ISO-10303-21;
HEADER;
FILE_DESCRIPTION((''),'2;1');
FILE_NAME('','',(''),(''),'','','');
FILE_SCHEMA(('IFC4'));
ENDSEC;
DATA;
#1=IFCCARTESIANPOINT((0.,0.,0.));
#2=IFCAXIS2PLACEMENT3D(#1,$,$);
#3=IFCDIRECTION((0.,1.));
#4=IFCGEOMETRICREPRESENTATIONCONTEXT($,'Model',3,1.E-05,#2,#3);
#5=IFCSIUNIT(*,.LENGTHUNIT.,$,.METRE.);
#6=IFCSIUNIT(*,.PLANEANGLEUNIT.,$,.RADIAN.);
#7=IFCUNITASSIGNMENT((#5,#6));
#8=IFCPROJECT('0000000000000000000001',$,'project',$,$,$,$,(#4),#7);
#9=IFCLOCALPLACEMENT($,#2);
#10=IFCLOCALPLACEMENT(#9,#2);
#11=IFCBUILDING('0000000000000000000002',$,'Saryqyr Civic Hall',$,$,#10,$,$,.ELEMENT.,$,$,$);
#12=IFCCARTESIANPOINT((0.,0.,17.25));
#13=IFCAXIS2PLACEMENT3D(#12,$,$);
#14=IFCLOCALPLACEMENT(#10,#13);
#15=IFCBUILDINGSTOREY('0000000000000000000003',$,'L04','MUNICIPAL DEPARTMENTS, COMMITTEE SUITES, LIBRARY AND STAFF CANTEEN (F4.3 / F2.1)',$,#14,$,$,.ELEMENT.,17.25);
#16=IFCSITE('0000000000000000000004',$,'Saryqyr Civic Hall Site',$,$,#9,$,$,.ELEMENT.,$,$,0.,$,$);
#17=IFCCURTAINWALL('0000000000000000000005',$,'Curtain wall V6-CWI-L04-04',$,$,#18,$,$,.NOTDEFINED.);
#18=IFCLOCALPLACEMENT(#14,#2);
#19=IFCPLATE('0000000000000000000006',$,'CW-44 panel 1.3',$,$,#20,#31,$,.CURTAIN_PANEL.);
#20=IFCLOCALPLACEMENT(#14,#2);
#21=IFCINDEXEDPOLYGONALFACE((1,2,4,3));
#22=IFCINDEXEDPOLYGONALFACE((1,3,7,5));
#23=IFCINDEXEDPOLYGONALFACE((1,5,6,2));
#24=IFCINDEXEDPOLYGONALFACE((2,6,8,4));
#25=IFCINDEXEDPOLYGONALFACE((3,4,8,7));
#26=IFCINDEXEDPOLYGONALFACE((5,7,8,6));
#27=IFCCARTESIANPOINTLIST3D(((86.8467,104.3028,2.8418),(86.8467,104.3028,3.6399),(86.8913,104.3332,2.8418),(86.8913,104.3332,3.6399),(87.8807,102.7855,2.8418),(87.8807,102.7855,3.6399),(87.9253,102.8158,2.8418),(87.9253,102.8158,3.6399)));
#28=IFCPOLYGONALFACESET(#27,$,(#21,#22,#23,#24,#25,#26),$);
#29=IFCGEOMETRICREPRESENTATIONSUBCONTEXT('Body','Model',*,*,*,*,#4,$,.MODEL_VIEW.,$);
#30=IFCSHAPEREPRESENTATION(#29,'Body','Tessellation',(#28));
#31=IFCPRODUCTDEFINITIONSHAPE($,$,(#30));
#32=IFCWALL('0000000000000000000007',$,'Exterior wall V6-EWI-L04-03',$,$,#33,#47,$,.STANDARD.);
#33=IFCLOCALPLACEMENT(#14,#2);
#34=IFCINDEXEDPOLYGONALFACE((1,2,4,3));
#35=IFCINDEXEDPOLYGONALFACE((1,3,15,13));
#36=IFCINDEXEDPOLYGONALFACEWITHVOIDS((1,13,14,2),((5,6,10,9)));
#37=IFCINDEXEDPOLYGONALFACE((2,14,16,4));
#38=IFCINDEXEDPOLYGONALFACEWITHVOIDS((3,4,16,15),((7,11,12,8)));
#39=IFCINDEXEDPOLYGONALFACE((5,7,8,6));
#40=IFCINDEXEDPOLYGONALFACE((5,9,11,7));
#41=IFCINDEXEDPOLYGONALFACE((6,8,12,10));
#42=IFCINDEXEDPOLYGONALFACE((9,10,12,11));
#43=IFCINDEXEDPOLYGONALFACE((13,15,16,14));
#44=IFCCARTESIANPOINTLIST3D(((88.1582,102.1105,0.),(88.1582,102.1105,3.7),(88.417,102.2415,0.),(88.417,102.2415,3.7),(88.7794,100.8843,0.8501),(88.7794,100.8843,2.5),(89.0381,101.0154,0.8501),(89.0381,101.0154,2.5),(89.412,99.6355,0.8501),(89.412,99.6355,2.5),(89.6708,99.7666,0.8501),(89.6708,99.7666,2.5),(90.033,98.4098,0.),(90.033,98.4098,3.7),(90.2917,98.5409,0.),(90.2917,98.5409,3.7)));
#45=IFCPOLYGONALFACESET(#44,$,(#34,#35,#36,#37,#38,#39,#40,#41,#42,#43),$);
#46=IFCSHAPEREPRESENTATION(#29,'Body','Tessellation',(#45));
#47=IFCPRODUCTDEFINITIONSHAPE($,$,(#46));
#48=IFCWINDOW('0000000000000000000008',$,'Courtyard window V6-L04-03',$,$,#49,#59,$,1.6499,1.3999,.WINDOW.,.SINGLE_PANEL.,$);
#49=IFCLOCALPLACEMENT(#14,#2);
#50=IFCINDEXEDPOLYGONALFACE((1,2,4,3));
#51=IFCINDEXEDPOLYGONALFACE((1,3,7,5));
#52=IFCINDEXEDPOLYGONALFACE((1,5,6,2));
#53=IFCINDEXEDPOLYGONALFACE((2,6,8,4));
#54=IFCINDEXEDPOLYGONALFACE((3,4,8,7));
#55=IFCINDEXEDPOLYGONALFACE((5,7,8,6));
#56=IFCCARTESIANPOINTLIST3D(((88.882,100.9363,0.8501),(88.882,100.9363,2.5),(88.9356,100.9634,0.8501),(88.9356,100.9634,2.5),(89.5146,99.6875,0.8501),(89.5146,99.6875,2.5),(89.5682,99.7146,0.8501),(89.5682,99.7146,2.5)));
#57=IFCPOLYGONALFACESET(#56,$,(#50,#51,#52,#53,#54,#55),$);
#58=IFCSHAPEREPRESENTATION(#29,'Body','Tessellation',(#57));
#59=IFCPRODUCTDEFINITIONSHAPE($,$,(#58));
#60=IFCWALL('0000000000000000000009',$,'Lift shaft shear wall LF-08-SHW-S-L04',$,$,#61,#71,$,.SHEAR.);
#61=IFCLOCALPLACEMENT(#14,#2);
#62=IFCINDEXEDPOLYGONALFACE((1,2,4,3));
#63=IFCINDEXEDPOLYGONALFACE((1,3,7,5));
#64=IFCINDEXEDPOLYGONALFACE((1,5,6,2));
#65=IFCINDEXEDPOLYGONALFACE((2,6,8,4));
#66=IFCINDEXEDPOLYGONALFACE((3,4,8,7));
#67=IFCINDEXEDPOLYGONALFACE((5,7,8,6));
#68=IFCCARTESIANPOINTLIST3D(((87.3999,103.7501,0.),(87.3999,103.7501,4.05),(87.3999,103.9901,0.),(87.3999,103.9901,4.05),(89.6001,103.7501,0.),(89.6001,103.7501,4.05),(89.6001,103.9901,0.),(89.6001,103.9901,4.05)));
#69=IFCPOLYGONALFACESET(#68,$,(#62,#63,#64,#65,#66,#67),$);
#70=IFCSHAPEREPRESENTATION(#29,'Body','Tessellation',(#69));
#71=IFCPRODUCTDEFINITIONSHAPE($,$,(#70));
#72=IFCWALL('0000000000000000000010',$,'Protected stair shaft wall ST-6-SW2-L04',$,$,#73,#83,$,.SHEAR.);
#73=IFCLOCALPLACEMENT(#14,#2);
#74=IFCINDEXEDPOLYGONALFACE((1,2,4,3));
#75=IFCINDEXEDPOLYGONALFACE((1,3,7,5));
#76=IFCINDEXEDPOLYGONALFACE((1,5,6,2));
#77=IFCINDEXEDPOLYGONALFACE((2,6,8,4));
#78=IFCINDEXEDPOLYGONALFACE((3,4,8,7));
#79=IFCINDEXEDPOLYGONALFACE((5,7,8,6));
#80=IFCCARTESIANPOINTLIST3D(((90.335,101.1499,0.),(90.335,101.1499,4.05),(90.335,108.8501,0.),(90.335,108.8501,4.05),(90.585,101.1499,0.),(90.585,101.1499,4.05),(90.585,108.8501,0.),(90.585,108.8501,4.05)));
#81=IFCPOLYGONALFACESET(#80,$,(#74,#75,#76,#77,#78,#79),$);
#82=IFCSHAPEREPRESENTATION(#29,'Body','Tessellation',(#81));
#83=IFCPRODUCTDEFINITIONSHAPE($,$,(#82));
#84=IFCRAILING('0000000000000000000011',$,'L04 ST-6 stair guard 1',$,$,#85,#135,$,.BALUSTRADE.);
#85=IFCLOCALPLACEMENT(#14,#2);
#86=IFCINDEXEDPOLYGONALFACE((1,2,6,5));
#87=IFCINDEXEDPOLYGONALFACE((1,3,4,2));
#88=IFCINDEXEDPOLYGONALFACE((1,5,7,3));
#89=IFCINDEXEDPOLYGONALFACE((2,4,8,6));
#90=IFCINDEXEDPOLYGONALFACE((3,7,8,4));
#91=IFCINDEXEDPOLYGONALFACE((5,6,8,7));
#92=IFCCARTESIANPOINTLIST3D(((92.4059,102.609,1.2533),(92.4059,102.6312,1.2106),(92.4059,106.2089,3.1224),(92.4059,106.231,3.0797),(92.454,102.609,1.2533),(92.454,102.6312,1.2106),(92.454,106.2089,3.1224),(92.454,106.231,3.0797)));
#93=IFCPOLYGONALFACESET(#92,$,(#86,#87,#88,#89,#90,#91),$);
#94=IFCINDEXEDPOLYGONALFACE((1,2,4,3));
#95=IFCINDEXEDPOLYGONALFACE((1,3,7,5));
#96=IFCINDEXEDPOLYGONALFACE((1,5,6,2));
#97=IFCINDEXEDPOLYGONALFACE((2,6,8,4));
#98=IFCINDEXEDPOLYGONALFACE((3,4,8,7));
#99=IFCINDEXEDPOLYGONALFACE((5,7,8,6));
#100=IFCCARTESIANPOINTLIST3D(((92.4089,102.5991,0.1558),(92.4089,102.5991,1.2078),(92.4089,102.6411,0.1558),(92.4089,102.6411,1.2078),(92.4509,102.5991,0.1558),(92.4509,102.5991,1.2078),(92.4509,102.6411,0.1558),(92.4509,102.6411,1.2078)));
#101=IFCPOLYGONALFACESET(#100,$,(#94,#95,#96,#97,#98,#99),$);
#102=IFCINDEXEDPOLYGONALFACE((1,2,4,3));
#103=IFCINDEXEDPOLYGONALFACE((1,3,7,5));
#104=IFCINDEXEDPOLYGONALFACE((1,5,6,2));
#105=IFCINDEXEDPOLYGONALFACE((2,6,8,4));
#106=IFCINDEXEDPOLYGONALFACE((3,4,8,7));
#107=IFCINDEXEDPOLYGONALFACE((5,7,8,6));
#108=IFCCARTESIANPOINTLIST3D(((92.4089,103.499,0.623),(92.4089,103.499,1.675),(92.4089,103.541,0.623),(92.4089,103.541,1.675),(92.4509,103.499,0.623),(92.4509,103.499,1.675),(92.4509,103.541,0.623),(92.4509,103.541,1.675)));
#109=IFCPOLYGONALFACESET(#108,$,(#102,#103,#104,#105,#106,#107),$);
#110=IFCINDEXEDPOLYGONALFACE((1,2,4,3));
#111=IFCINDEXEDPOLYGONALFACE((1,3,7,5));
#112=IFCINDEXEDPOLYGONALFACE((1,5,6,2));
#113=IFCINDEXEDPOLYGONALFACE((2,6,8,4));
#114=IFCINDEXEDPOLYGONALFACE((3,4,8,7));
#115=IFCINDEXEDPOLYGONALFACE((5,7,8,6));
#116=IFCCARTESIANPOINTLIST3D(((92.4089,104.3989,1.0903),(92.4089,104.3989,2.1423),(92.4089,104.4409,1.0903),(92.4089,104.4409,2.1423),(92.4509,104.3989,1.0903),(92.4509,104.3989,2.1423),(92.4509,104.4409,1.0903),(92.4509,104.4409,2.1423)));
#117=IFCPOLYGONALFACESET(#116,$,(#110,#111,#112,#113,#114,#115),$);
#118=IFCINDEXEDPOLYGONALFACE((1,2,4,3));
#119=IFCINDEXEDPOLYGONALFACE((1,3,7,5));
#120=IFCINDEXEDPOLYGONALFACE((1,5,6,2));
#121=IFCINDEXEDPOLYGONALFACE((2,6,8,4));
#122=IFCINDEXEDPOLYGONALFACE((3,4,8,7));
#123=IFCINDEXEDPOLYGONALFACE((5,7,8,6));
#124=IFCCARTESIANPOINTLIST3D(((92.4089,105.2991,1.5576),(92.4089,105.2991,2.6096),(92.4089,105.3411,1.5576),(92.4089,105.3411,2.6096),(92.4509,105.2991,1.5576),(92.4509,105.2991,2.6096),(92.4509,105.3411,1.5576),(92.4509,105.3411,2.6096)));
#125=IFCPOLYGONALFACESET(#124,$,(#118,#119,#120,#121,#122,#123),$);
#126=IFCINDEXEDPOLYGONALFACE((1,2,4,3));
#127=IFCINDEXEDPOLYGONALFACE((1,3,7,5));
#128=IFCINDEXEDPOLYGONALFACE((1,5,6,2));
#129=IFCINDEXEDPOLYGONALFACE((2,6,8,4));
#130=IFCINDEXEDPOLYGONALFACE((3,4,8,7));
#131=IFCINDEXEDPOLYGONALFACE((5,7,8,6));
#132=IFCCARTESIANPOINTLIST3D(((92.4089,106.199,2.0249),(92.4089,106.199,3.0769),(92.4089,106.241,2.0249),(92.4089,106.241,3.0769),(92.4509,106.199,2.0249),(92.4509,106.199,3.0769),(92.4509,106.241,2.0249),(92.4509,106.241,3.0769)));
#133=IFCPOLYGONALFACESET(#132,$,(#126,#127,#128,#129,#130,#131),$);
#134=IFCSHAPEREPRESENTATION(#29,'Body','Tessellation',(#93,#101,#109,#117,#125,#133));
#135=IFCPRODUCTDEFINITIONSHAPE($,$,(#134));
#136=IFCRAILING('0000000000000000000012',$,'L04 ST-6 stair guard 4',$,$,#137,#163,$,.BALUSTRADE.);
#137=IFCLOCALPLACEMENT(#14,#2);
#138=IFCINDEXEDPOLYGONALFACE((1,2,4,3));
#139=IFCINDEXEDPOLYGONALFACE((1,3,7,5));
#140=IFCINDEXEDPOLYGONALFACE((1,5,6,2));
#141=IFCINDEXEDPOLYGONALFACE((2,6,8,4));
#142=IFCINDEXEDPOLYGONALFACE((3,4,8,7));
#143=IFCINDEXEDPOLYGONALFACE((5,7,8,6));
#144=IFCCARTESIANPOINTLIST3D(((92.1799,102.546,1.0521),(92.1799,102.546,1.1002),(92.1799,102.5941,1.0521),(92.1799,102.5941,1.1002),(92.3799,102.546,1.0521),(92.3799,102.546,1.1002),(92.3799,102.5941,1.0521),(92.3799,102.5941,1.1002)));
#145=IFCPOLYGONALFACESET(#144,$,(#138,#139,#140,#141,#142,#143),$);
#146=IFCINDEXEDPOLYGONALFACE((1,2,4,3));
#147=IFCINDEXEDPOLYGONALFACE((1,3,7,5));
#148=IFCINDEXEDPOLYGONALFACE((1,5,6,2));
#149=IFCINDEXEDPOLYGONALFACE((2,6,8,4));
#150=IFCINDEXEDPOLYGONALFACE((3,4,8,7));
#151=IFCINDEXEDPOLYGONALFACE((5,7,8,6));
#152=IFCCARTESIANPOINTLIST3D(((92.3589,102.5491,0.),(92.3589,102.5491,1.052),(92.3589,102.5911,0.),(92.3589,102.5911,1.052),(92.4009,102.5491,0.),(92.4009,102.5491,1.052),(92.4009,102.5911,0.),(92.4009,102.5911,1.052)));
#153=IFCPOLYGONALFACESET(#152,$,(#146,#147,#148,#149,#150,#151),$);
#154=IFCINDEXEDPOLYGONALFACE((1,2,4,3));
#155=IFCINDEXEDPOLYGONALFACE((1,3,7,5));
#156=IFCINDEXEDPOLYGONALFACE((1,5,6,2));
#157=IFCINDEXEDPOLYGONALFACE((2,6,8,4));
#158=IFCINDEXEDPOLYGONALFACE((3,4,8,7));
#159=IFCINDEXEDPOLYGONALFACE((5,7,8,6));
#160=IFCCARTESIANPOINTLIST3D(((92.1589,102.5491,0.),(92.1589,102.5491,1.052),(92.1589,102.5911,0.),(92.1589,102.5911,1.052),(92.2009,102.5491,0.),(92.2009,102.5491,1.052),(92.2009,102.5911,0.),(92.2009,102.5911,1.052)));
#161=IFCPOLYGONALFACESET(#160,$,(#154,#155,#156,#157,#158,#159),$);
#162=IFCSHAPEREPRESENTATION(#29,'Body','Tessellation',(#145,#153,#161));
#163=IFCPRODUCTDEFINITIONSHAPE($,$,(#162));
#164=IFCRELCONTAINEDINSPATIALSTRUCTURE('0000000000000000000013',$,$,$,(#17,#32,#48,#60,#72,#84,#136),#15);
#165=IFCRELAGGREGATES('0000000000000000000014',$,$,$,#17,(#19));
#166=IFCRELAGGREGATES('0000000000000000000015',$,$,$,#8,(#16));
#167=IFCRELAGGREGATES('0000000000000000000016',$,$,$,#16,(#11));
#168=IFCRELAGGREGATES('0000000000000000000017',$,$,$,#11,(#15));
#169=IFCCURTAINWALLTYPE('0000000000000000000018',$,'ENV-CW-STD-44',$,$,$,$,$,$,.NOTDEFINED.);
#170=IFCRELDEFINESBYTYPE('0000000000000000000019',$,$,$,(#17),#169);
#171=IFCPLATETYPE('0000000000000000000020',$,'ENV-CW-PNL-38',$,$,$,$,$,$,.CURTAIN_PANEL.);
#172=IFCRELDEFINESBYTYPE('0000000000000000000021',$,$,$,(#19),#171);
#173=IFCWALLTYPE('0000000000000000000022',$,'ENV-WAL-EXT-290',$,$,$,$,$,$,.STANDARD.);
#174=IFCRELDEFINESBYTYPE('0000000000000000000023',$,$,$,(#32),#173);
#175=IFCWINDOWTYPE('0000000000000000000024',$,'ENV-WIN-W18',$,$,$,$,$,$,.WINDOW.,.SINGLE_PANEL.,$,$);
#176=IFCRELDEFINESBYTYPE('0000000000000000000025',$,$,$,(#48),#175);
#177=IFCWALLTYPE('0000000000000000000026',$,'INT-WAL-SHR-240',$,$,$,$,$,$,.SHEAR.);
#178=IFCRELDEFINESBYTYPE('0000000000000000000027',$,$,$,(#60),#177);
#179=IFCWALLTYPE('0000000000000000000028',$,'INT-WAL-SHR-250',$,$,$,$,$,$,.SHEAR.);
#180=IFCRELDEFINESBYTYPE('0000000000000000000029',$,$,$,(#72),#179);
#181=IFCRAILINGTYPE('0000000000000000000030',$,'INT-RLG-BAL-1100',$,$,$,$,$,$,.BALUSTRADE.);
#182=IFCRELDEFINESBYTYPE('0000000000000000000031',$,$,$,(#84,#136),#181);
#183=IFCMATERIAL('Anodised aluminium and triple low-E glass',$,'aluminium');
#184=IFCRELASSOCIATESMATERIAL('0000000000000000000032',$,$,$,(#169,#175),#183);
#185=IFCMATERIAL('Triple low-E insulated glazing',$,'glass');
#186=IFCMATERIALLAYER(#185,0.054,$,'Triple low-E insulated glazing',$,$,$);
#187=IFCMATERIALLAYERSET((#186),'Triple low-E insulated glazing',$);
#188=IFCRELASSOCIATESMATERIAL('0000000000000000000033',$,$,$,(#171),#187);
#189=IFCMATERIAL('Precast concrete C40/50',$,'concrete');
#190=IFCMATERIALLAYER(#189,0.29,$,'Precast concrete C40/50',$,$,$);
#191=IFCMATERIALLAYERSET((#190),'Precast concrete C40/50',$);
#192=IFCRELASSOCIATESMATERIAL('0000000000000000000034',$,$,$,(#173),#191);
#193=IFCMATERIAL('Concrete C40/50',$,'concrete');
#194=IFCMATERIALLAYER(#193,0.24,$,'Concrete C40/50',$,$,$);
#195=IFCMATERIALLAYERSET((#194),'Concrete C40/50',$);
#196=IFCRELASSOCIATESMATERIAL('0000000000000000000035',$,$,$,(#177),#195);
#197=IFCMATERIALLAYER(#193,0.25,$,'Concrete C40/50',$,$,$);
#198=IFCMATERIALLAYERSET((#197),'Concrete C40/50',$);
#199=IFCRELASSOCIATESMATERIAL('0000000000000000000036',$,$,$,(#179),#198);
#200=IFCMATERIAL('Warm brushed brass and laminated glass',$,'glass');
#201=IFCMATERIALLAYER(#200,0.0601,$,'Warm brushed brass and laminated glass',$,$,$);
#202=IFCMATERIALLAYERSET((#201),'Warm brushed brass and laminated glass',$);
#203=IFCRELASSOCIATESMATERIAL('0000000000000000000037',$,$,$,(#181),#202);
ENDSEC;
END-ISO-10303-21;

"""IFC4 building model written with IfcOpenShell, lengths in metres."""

from ifc_helpers import new_model, si_unit, direction, frame, frame_2d, origin, origin_2d, place, context, subcontext, project, spatial, rectangle, extrude, material, layer, layer_set, type_object, element, fill, aggregate, save


model = new_model("IFC4")

# Units and contexts
model_context = context("Model", 3, precision=1e-05, world=origin(), true_north=direction((0.0, 1.0)))
body_context = subcontext(model_context, "Body", "Model", "MODEL_VIEW")
ifc_project = project(units=[si_unit("LENGTHUNIT", "METRE"), si_unit("PLANEANGLEUNIT", "RADIAN")], contexts=[model_context])

# Site, building, storey
site_placement = place(None, origin())
site = spatial("IfcSite", under=ifc_project, at=site_placement, Name="Saryqyr Civic Hall Site", CompositionType="ELEMENT", RefElevation=0.0)
building_placement = place(site_placement, origin())
building = spatial("IfcBuilding", under=site, at=building_placement, Name="Saryqyr Civic Hall", CompositionType="ELEMENT")
storey_placement = place(building_placement, frame((0.0, 0.0, 17.25)))
storey = spatial("IfcBuildingStorey", under=building, at=storey_placement, Name="L04", Description="MUNICIPAL DEPARTMENTS, COMMITTEE SUITES, LIBRARY AND STAFF CANTEEN (F4.3 / F2.1)", CompositionType="ELEMENT", Elevation=17.25)

# Shared definitions
ifc_material_1 = material(Name="Concrete C40/50", Category="concrete")

# Shared definitions
ifc_material_2 = material(Name="Anodised aluminium and triple low-E glass", Category="aluminium")

# Curtain wall, plate
curtain_wall_type_1 = type_object("IfcCurtainWallType", Name="ENV-CW-STD-44", PredefinedType="NOTDEFINED", material=ifc_material_2)
curtain_wall_1_placement = place(storey_placement, origin())
curtain_wall_1 = element("IfcCurtainWall", 1, at=curtain_wall_1_placement, inside=storey, type_object=curtain_wall_type_1, Name="Curtain wall V6-CWI-L04-04", PredefinedType="NOTDEFINED")
ifc_material_3 = material(Name="Triple low-E insulated glazing", Category="glass")
ifc_layer_1 = layer(ifc_material_3, 0.054, Name="Triple low-E insulated glazing")
ifc_layer_set_1 = layer_set([ifc_layer_1], Name="Triple low-E insulated glazing")
plate_type = type_object("IfcPlateType", Name="ENV-CW-PNL-38", PredefinedType="CURTAIN_PANEL", material=ifc_layer_set_1)
plate_1_placement = place(storey_placement, frame((87.386, 103.5593, 2.8418), z_axis=(0.0, 0.0, 1.0), x_axis=(-0.56313, 0.826368, 0.0)))
plate_1 = element("IfcPlate", 2, at=plate_1_placement, type_object=plate_type, Name="CW-44 panel 1.3", PredefinedType="CURTAIN_PANEL", context=body_context, shape_type="SweptSolid", body=[
    extrude(rectangle(XDim=1.8362, YDim=0.054, at=origin_2d()), origin(), (0.0, 0.0, 1.0), 0.7981),
])
aggregate(curtain_wall_1, [plate_1])

# Wall, opening, window
ifc_material_4 = material(Name="Precast concrete C40/50", Category="concrete")
ifc_layer_2 = layer(ifc_material_4, 0.29, Name="Precast concrete C40/50")
ifc_layer_set_2 = layer_set([ifc_layer_2], Name="Precast concrete C40/50")
wall_type_1 = type_object("IfcWallType", Name="ENV-WAL-EXT-290", PredefinedType="STANDARD", material=ifc_layer_set_2)
wall_1_placement = place(storey_placement, frame((90.1624, 98.4753, 0.0), z_axis=(0.0, 0.0, 1.0), x_axis=(-0.451915, 0.892061, 0.0)))
wall_1 = element("IfcWall", 3, at=wall_1_placement, inside=storey, type_object=wall_type_1, Name="Exterior wall V6-EWI-L04-03", PredefinedType="STANDARD", context=body_context, shape_type="SweptSolid", body=[
    extrude(rectangle(XDim=4.1484, YDim=0.29, at=frame_2d((2.0742, 0.0))), origin(), (0.0, 0.0, 1.0), 3.7),
])
opening_1_placement = place(wall_1_placement, frame((1.374, 0.0, 0.8501)))
opening_1 = element("IfcOpeningElement", 4, at=opening_1_placement, cuts=wall_1, PredefinedType="OPENING", context=body_context, shape_type="SweptSolid", body=[
    extrude(rectangle(XDim=1.3999, YDim=1.6499, at=frame_2d((0.7, 0.825))), frame((0.0, 0.155, 0.0), z_axis=(0.0, -1.0, 0.0), x_axis=(1.0, 0.0, 0.0)), (0.0, 0.0, 1.0), 0.3101),
])
window_type = type_object("IfcWindowType", Name="ENV-WIN-W18", PartitioningType="SINGLE_PANEL", PredefinedType="WINDOW", material=ifc_material_2)
window_placement = place(opening_1_placement, origin())
window = element("IfcWindow", 5, at=window_placement, inside=storey, type_object=window_type, Name="Courtyard window V6-L04-03", OverallHeight=1.6499, OverallWidth=1.3999, PartitioningType="SINGLE_PANEL", PredefinedType="WINDOW", context=body_context, shape_type="SweptSolid", body=[
    extrude(rectangle(XDim=1.3999, YDim=1.6499, at=frame_2d((0.7, 0.825))), frame((0.0, 0.03, 0.0), z_axis=(0.0, -1.0, 0.0), x_axis=(1.0, 0.0, 0.0)), (0.0, 0.0, 1.0), 0.0601),
])
fill(opening_1, window)

# Wall
ifc_layer_3 = layer(ifc_material_1, 0.24, Name="Concrete C40/50")
ifc_layer_set_3 = layer_set([ifc_layer_3], Name="Concrete C40/50")
wall_type_2 = type_object("IfcWallType", Name="INT-WAL-SHR-240", PredefinedType="SHEAR", material=ifc_layer_set_3)
wall_2_placement = place(storey_placement, frame((89.6001, 103.8701, 0.0), z_axis=(0.0, 0.0, 1.0), x_axis=(-1.0, 0.0, 0.0)))
element("IfcWall", 6, at=wall_2_placement, inside=storey, type_object=wall_type_2, Name="Lift shaft shear wall LF-08-SHW-S-L04", PredefinedType="SHEAR", context=body_context, shape_type="SweptSolid", body=[
    extrude(rectangle(XDim=2.2002, YDim=0.24, at=frame_2d((1.1001, 0.0))), origin(), (0.0, 0.0, 1.0), 4.05),
])

# Wall
ifc_layer_4 = layer(ifc_material_1, 0.25, Name="Concrete C40/50")
ifc_layer_set_4 = layer_set([ifc_layer_4], Name="Concrete C40/50")
wall_type_3 = type_object("IfcWallType", Name="INT-WAL-SHR-250", PredefinedType="SHEAR", material=ifc_layer_set_4)
wall_3_placement = place(storey_placement, frame((90.46, 101.1499, 0.0), z_axis=(0.0, 0.0, 1.0), x_axis=(0.0, 1.0, 0.0)))
element("IfcWall", 7, at=wall_3_placement, inside=storey, type_object=wall_type_3, Name="Protected stair shaft wall ST-6-SW2-L04", PredefinedType="SHEAR", context=body_context, shape_type="SweptSolid", body=[
    extrude(rectangle(XDim=7.7002, YDim=0.25, at=frame_2d((3.8501, 0.0))), origin(), (0.0, 0.0, 1.0), 4.05),
])

# Railings
ifc_material_5 = material(Name="Warm brushed brass and laminated glass", Category="glass")
ifc_layer_5 = layer(ifc_material_5, 0.0601, Name="Warm brushed brass and laminated glass")
ifc_layer_set_5 = layer_set([ifc_layer_5], Name="Warm brushed brass and laminated glass")
railing_type = type_object("IfcRailingType", Name="INT-RLG-BAL-1100", PredefinedType="BALUSTRADE", material=ifc_layer_set_5)
railing_1_placement = place(storey_placement, frame((92.4299, 102.6201, 0.1558)))
element("IfcRailing", 8, at=railing_1_placement, inside=storey, type_object=railing_type, Name="L04 ST-6 stair guard 1", PredefinedType="BALUSTRADE", context=body_context, shape_type="SweptSolid", body=[
    extrude(rectangle(XDim=0.0481, YDim=0.0481, at=origin_2d()), frame((0.0, 0.0, 1.0762), z_axis=(0.0, 0.887497, 0.460813), x_axis=(-1.0, 0.0, 0.0)), (0.0, 0.0, 1.0), 4.0562),
    extrude(rectangle(XDim=0.042, YDim=0.042, at=origin_2d()), origin(), (0.0, 0.0, 1.0), 1.052),
    extrude(rectangle(XDim=0.042, YDim=0.042, at=origin_2d()), frame((0.0, 0.8999, 0.4673)), (0.0, 0.0, 1.0), 1.052),
    extrude(rectangle(XDim=0.042, YDim=0.042, at=origin_2d()), frame((0.0, 1.7998, 0.9346)), (0.0, 0.0, 1.0), 1.052),
    extrude(rectangle(XDim=0.042, YDim=0.042, at=origin_2d()), frame((0.0, 2.7, 1.4019)), (0.0, 0.0, 1.0), 1.052),
    extrude(rectangle(XDim=0.042, YDim=0.042, at=origin_2d()), frame((0.0, 3.5999, 1.8691)), (0.0, 0.0, 1.0), 1.052),
])
railing_2_placement = place(storey_placement, frame((92.3799, 102.5701, 0.0)))
element("IfcRailing", 9, at=railing_2_placement, inside=storey, type_object=railing_type, Name="L04 ST-6 stair guard 4", PredefinedType="BALUSTRADE", context=body_context, shape_type="SweptSolid", body=[
    extrude(rectangle(XDim=0.0481, YDim=0.0481, at=origin_2d()), frame((0.0, 0.0, 1.0762), z_axis=(-1.0, 0.0, 0.0), x_axis=(0.0, -1.0, 0.0)), (0.0, 0.0, 1.0), 0.2),
    extrude(rectangle(XDim=0.042, YDim=0.042, at=origin_2d()), origin(), (0.0, 0.0, 1.0), 1.052),
    extrude(rectangle(XDim=0.042, YDim=0.042, at=origin_2d()), frame((-0.2, 0.0, 0.0)), (0.0, 0.0, 1.0), 1.052),
])

save(model, "model.ifc")
